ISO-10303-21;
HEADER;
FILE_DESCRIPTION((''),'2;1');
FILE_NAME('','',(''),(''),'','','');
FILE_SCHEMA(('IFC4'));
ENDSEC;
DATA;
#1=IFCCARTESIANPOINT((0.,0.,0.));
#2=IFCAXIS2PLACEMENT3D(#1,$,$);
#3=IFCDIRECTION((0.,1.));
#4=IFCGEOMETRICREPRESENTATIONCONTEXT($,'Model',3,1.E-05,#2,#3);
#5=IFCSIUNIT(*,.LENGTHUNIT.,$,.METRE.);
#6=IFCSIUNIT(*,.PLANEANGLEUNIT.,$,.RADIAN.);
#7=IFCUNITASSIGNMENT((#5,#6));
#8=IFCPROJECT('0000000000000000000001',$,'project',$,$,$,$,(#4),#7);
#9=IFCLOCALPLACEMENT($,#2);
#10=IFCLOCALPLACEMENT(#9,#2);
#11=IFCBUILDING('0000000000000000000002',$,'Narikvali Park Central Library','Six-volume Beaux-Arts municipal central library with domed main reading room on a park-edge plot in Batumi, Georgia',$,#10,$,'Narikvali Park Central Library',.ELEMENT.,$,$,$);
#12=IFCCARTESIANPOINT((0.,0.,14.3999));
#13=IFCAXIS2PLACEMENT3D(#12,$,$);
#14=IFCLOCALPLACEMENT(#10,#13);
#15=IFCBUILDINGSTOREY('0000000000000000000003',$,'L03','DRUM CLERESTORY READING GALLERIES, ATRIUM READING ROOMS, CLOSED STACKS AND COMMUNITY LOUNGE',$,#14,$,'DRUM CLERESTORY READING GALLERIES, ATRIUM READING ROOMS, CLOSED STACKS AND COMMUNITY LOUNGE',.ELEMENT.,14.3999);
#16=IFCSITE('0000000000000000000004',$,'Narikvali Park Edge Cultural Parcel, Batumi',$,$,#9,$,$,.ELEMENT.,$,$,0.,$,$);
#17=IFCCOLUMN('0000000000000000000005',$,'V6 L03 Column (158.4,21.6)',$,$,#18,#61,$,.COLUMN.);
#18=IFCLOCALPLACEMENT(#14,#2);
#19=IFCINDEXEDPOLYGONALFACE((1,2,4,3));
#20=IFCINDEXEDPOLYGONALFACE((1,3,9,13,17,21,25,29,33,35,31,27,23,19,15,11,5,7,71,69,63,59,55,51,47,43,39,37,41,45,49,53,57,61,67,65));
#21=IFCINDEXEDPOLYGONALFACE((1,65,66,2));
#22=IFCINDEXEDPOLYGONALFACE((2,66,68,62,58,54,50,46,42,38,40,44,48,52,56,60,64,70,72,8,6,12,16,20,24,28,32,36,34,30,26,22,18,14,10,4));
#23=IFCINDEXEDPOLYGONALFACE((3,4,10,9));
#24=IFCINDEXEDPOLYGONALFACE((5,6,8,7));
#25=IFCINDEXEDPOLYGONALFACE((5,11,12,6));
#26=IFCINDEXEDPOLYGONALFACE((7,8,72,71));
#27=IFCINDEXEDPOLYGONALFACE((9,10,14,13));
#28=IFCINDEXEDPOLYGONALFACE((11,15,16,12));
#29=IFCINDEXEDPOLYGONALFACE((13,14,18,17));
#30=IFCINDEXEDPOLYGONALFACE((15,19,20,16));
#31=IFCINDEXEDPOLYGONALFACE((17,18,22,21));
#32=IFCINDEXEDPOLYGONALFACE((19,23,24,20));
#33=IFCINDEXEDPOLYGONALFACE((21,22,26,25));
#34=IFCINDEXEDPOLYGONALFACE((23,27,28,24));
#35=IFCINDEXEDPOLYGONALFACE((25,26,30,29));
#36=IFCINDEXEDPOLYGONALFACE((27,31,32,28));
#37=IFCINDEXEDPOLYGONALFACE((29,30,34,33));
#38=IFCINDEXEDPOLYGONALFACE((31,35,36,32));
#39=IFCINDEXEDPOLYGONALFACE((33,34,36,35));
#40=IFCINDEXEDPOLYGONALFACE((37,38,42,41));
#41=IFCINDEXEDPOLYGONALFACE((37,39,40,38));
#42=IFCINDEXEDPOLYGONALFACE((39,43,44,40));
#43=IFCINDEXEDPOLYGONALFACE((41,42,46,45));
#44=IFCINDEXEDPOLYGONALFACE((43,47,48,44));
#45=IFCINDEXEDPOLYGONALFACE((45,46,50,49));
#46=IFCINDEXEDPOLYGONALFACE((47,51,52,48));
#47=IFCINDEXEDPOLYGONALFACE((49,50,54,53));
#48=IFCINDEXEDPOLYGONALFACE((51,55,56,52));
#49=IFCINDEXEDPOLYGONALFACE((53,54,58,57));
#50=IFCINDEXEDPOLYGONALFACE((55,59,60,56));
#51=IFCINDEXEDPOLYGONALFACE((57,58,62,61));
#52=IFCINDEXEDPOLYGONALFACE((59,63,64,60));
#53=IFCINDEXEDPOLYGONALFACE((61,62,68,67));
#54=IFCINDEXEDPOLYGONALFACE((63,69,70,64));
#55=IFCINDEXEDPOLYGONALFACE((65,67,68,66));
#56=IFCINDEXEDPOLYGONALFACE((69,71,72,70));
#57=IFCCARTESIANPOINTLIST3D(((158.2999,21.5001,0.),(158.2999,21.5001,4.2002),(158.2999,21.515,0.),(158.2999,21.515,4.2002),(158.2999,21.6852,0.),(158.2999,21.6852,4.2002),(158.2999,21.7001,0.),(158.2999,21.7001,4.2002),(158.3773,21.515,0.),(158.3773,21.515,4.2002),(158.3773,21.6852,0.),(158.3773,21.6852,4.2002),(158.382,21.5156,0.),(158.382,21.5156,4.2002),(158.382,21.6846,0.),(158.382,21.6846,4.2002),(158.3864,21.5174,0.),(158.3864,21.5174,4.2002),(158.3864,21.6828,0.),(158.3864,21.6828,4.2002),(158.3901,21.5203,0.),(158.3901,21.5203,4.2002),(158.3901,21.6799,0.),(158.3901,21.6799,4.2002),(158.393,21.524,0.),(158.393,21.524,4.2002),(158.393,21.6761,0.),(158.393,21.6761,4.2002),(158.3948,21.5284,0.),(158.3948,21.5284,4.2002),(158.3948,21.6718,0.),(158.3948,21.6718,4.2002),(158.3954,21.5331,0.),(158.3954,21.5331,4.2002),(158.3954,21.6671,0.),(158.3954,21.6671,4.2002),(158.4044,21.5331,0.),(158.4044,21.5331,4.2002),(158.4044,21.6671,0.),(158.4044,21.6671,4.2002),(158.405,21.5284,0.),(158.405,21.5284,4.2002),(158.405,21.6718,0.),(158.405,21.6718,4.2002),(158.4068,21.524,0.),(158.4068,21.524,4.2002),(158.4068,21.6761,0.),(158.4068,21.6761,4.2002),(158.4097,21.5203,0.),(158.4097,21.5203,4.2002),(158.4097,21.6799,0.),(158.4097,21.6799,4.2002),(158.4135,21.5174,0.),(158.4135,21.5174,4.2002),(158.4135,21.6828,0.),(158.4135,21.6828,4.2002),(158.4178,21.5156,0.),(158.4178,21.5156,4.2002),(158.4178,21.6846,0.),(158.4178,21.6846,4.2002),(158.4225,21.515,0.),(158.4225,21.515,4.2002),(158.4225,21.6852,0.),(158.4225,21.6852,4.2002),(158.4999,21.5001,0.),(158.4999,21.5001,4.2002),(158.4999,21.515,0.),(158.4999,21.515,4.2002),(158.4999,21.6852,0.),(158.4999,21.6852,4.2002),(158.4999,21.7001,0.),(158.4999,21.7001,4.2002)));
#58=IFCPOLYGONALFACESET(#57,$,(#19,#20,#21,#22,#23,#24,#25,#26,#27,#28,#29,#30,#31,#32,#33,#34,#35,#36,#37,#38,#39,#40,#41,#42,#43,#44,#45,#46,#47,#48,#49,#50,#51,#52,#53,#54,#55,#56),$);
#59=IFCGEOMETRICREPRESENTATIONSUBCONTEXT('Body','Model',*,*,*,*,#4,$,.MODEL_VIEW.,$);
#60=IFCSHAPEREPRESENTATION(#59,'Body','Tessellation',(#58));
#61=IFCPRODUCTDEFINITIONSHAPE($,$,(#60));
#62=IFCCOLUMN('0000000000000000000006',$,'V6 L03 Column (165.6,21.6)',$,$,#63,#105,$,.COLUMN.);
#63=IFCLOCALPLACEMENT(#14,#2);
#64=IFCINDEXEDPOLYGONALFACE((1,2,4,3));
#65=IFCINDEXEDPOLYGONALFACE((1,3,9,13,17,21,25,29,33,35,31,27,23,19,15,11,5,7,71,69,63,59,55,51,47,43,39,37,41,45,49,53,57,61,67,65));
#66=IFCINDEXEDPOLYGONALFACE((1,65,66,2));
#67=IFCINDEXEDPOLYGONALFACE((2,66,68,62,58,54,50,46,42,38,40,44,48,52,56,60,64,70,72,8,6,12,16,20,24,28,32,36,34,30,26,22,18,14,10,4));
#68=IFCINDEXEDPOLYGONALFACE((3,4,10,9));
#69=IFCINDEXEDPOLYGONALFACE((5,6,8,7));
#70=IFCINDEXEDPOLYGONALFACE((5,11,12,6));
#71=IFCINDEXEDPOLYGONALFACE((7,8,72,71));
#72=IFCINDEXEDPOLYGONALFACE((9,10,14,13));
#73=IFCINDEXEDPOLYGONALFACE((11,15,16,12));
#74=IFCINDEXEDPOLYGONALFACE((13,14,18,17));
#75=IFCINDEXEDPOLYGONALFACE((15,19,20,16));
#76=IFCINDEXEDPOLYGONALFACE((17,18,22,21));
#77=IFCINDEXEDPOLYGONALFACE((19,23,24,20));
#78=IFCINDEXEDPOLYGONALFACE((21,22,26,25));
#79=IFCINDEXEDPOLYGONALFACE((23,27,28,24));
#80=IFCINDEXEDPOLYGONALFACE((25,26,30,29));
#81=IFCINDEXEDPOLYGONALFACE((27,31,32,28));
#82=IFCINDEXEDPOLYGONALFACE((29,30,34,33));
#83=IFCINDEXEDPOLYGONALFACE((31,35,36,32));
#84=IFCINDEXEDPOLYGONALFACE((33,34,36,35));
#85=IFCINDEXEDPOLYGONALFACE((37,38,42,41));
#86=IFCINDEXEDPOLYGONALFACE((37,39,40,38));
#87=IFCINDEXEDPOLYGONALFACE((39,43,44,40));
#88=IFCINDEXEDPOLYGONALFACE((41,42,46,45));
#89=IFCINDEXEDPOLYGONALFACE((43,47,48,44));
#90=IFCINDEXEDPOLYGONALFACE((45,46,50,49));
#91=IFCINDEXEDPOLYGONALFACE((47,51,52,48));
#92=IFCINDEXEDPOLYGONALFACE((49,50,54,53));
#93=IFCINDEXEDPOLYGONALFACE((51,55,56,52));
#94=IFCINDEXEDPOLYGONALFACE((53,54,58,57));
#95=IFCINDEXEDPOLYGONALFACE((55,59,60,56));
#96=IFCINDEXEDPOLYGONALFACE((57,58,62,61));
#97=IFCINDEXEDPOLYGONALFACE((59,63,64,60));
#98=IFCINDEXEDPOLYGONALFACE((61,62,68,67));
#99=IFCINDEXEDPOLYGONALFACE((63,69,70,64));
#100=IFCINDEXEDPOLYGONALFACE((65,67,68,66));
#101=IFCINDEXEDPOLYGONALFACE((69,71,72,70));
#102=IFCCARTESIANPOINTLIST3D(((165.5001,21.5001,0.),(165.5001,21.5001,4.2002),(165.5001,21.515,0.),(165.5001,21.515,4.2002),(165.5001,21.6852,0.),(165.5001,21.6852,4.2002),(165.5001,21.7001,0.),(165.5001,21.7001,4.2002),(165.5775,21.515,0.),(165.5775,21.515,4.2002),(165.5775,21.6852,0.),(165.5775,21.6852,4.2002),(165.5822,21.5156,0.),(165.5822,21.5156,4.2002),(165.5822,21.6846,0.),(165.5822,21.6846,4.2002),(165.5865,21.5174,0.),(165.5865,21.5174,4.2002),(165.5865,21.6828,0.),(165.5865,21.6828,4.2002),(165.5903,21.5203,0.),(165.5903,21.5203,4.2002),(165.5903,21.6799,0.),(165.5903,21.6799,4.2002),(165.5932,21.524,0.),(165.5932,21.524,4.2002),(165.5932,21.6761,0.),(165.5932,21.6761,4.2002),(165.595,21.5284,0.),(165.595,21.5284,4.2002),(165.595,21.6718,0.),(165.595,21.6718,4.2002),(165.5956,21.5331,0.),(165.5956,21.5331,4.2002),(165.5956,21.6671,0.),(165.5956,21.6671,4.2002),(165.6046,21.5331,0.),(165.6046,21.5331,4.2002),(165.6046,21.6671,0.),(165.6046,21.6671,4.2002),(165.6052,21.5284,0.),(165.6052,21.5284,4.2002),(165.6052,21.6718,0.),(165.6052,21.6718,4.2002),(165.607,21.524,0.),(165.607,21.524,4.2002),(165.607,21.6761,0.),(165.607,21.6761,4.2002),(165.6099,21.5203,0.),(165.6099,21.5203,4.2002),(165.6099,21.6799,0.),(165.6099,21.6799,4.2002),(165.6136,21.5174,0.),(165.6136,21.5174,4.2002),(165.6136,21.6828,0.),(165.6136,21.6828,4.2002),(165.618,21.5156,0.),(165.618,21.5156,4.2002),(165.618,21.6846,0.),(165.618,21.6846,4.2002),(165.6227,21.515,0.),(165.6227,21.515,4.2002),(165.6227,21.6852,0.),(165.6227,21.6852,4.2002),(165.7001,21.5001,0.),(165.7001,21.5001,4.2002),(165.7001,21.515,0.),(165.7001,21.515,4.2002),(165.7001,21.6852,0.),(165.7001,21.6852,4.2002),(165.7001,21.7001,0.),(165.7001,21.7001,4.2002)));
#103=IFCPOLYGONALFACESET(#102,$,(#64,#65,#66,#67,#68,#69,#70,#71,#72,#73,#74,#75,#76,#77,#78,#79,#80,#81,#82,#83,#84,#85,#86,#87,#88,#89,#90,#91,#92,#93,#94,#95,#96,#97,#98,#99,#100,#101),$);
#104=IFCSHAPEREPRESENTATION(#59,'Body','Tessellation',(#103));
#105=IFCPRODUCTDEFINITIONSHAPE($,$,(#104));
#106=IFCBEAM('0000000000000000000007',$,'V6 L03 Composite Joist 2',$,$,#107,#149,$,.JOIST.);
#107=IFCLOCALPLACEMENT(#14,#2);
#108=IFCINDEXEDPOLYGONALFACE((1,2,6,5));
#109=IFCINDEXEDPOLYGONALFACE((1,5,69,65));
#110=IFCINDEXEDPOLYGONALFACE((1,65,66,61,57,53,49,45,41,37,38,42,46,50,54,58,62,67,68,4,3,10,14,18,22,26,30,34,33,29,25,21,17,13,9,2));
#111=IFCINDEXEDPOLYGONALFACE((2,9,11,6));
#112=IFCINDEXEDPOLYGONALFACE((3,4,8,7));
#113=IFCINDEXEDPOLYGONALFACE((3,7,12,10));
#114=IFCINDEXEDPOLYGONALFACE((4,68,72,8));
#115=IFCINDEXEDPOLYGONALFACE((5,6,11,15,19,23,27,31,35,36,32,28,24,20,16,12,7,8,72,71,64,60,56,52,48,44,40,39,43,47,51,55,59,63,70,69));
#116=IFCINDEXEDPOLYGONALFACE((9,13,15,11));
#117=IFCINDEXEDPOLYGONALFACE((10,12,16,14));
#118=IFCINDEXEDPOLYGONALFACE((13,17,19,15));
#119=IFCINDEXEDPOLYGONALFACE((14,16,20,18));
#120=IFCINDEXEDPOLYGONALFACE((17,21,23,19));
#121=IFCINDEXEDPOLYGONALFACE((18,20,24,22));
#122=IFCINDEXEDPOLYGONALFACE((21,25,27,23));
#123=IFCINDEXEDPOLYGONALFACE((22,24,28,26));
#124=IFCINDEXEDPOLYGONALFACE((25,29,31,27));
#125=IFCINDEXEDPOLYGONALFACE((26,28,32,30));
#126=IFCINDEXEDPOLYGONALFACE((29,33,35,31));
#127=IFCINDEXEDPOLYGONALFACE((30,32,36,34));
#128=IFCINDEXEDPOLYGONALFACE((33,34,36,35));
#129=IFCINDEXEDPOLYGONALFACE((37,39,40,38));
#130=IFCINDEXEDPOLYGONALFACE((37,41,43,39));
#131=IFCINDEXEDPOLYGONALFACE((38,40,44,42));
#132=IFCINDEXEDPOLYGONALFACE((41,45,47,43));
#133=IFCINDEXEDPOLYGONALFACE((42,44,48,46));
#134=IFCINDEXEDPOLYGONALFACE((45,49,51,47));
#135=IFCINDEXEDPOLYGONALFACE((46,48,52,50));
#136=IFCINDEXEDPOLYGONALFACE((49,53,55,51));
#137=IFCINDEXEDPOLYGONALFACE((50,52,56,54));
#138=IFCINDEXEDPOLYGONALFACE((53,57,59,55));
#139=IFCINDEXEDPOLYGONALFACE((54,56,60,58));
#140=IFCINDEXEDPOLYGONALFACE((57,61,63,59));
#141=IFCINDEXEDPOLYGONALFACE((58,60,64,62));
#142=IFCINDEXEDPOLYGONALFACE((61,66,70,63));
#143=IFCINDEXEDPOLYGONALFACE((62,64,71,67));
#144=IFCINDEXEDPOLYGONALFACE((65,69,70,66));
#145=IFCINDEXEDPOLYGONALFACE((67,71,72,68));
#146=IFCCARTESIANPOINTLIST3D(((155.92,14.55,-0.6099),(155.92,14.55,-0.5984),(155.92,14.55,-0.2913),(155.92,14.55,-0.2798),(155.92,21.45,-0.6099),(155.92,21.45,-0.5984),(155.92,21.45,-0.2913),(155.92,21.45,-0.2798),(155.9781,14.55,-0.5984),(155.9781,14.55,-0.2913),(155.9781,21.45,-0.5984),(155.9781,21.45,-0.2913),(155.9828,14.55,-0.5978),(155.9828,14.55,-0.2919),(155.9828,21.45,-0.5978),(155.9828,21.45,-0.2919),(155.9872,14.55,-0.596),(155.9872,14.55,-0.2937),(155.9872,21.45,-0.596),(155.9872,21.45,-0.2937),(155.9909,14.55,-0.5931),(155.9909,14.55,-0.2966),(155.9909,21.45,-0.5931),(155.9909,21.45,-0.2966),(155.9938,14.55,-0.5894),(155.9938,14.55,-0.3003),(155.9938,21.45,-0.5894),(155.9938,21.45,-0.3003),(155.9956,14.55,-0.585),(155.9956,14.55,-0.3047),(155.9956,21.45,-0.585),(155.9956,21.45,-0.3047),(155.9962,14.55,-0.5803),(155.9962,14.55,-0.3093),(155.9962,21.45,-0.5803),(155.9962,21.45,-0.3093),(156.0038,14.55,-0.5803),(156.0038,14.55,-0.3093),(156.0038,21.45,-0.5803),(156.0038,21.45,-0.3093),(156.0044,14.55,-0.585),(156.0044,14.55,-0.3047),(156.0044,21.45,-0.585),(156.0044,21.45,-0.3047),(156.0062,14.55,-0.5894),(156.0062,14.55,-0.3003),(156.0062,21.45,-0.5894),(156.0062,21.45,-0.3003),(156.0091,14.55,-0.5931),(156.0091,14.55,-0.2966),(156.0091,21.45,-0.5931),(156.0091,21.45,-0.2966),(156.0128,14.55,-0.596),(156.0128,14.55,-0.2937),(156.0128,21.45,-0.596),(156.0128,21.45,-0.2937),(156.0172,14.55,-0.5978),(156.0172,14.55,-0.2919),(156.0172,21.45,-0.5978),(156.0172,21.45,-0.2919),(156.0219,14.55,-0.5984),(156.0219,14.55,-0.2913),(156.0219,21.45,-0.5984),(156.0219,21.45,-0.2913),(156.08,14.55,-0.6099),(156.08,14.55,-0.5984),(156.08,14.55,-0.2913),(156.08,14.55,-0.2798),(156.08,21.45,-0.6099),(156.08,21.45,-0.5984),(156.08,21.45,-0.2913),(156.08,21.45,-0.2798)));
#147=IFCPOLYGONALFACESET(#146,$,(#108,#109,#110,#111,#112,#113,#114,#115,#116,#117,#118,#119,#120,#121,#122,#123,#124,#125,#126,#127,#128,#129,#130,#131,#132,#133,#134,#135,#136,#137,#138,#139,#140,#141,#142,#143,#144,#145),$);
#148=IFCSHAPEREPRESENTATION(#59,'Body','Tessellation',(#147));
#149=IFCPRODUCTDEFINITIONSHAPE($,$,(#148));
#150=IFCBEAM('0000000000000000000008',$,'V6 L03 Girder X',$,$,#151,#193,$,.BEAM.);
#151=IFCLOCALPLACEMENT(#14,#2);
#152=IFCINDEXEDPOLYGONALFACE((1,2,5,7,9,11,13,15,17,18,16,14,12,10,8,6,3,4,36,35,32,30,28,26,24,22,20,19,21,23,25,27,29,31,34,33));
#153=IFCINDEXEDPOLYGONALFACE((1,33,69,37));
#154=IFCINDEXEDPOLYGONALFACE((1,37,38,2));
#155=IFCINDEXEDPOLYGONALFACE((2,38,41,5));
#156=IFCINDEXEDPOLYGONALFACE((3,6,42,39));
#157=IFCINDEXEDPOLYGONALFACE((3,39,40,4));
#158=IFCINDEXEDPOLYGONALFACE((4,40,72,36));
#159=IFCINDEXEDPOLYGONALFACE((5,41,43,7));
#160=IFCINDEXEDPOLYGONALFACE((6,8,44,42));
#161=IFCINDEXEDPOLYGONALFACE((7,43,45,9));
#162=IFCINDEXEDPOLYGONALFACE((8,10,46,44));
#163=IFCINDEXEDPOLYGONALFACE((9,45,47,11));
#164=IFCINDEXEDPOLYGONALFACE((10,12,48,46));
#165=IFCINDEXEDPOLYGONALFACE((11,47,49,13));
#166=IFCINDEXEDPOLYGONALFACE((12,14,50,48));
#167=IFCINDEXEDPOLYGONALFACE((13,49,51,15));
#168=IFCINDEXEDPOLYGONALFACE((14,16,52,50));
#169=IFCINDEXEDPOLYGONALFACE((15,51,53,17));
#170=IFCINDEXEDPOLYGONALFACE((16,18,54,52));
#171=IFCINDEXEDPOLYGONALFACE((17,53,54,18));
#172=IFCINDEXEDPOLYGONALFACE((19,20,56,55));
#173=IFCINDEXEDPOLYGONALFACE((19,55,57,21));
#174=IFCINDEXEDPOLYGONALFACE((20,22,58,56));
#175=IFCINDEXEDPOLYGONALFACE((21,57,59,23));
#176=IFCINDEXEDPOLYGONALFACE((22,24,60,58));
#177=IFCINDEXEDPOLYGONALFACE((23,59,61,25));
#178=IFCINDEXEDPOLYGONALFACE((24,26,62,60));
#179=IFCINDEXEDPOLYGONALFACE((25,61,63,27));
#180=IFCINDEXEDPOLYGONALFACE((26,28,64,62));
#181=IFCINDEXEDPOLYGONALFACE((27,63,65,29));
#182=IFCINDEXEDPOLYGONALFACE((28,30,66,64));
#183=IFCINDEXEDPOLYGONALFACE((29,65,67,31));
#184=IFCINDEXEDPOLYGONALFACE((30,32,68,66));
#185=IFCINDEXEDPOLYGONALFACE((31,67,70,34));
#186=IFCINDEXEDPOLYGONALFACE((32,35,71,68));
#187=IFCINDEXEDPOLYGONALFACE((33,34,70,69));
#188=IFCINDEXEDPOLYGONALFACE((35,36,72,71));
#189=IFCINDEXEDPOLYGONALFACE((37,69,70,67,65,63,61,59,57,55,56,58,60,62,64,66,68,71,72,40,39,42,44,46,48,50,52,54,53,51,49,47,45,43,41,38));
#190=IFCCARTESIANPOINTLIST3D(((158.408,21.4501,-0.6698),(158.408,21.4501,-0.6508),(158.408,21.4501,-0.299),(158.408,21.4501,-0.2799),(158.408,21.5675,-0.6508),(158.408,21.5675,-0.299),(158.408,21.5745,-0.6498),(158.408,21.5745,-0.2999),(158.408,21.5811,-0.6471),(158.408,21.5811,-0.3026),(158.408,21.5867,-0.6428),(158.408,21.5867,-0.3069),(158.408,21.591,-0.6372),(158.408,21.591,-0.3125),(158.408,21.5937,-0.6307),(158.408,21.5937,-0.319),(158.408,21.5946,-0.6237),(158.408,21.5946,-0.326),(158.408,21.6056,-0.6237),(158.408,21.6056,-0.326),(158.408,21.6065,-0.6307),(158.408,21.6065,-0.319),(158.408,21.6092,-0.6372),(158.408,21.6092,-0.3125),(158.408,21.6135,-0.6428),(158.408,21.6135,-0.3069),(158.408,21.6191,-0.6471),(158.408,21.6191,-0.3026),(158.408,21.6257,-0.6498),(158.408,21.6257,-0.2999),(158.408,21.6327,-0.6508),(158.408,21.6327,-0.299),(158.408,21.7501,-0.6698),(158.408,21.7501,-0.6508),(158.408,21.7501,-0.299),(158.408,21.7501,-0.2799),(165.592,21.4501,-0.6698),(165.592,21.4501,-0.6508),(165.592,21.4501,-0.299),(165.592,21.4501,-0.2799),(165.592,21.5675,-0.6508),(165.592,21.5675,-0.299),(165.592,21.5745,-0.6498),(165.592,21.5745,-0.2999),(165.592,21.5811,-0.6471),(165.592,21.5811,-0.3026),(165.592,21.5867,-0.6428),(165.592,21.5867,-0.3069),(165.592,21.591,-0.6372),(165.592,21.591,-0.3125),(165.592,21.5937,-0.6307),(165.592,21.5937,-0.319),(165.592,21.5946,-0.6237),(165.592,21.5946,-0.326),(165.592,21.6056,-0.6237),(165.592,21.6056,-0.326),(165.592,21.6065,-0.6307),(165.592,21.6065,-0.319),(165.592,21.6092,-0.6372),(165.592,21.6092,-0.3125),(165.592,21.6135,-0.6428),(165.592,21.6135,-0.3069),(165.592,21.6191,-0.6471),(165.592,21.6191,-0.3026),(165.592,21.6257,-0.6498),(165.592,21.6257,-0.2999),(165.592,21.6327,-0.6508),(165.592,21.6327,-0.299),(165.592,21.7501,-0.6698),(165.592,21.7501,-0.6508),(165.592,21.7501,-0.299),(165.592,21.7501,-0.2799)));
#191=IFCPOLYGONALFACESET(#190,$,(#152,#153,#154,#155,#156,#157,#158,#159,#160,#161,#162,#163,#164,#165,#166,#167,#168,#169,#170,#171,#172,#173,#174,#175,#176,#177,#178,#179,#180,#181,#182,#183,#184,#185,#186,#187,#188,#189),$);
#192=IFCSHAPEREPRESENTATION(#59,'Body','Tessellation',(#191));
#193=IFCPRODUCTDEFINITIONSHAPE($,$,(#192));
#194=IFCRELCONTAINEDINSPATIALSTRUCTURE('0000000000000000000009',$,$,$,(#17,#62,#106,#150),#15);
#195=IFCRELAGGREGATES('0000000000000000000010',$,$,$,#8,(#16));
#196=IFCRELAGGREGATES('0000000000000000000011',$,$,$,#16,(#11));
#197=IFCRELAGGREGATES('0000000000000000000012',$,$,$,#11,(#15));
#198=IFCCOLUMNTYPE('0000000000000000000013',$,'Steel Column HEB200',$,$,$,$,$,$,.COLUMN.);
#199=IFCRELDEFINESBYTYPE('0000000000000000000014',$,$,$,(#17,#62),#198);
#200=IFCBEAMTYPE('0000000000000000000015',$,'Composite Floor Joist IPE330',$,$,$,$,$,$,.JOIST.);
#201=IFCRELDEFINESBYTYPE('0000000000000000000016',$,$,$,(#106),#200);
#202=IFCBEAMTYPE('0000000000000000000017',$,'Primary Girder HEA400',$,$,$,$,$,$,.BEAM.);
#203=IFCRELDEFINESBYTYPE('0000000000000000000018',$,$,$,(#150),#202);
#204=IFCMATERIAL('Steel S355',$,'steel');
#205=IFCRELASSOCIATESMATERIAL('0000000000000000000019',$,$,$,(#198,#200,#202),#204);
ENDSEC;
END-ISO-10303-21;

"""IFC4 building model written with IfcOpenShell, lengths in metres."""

from ifc_helpers import new_model, si_unit, direction, frame, origin, origin_2d, place, context, subcontext, project, spatial, i_section, extrude, material, material_profile, profile_set, type_object, element, save


model = new_model("IFC4")

# Units and contexts
model_context = context("Model", 3, precision=1e-05, world=origin(), true_north=direction((0.0, 1.0)))
body_context = subcontext(model_context, "Body", "Model", "MODEL_VIEW")
ifc_project = project(units=[si_unit("LENGTHUNIT", "METRE"), si_unit("PLANEANGLEUNIT", "RADIAN")], contexts=[model_context])

# Site, building, storey
site_placement = place(None, origin())
site = spatial("IfcSite", under=ifc_project, at=site_placement, Name="Narikvali Park Edge Cultural Parcel, Batumi", CompositionType="ELEMENT", RefElevation=0.0)
building_placement = place(site_placement, origin())
building = spatial("IfcBuilding", under=site, at=building_placement, Name="Narikvali Park Central Library", Description="Six-volume Beaux-Arts municipal central library with domed main reading room on a park-edge plot in Batumi, Georgia", LongName="Narikvali Park Central Library", CompositionType="ELEMENT")
storey_placement = place(building_placement, frame((0.0, 0.0, 14.3999)))
storey = spatial("IfcBuildingStorey", under=building, at=storey_placement, Name="L03", Description="DRUM CLERESTORY READING GALLERIES, ATRIUM READING ROOMS, CLOSED STACKS AND COMMUNITY LOUNGE", LongName="DRUM CLERESTORY READING GALLERIES, ATRIUM READING ROOMS, CLOSED STACKS AND COMMUNITY LOUNGE", CompositionType="ELEMENT", Elevation=14.3999)

# Columns
ifc_material_1 = material(Name="Steel S355", Category="steel")
ifc_material_profile_1 = material_profile(ifc_material_1, i_section(OverallWidth=0.2, OverallDepth=0.2, WebThickness=0.009, FlangeThickness=0.0149, FilletRadius=0.0181, at=origin_2d()), Name="HEB 200")
ifc_profile_set_1 = profile_set([ifc_material_profile_1], Name="Steel S355")
column_type = type_object("IfcColumnType", Name="Steel Column HEB200", PredefinedType="COLUMN", material=ifc_profile_set_1)
for number, where, z_axis, x_axis, name in (
    (1, (158.3999, 21.6001, 0.0), (0.0, 0.0, 1.0), (1.0, 0.0, 0.0), "V6 L03 Column (158.4,21.6)"),
    (2, (165.6001, 21.6001, 0.0), (0.0, 0.0, 1.0), (1.0, 0.0, 0.0), "V6 L03 Column (165.6,21.6)"),
):
    element("IfcColumn", number, at=place(storey_placement, frame(where, z_axis=z_axis, x_axis=x_axis)), inside=storey, type_object=column_type, Name=name, PredefinedType="COLUMN", context=body_context, shape_type="SweptSolid", body=[
        extrude(i_section(OverallWidth=0.2, OverallDepth=0.2, WebThickness=0.009, FlangeThickness=0.0149, FilletRadius=0.0181, at=origin_2d()), origin(), (0.0, 0.0, 1.0), 4.2002),
    ])

# Beams
ifc_material_profile_2 = material_profile(ifc_material_1, i_section(OverallWidth=0.1599, OverallDepth=0.3301, WebThickness=0.0076, FlangeThickness=0.0115, FilletRadius=0.0181, at=origin_2d()), Name="IPE 330")
ifc_profile_set_2 = profile_set([ifc_material_profile_2], Name="Steel S355")
beam_type_1 = type_object("IfcBeamType", Name="Composite Floor Joist IPE330", PredefinedType="JOIST", material=ifc_profile_set_2)
beam_1_placement = place(storey_placement, frame((156.0, 14.55, -0.4448), z_axis=(0.0, 1.0, 0.0), x_axis=(-1.0, 0.0, 0.0)))
element("IfcBeam", 3, at=beam_1_placement, inside=storey, type_object=beam_type_1, Name="V6 L03 Composite Joist 2", PredefinedType="JOIST", context=body_context, shape_type="SweptSolid", body=[
    extrude(i_section(OverallWidth=0.1599, OverallDepth=0.3301, WebThickness=0.0076, FlangeThickness=0.0115, FilletRadius=0.0181, at=origin_2d()), origin(), (0.0, 0.0, 1.0), 6.8999),
])
ifc_material_profile_3 = material_profile(ifc_material_1, i_section(OverallWidth=0.3, OverallDepth=0.3899, WebThickness=0.011, FlangeThickness=0.019, FilletRadius=0.0271, at=origin_2d()), Name="HEA 400")
ifc_profile_set_3 = profile_set([ifc_material_profile_3], Name="Steel S355")
beam_type_2 = type_object("IfcBeamType", Name="Primary Girder HEA400", PredefinedType="BEAM", material=ifc_profile_set_3)
beam_2_placement = place(storey_placement, frame((158.408, 21.6001, -0.4749), z_axis=(1.0, 0.0, 0.0), x_axis=(0.0, 1.0, 0.0)))
element("IfcBeam", 4, at=beam_2_placement, inside=storey, type_object=beam_type_2, Name="V6 L03 Girder X", PredefinedType="BEAM", context=body_context, shape_type="SweptSolid", body=[
    extrude(i_section(OverallWidth=0.3, OverallDepth=0.3899, WebThickness=0.011, FlangeThickness=0.019, FilletRadius=0.0271, at=origin_2d()), origin(), (0.0, 0.0, 1.0), 7.1841),
])

save(model, "model.ifc")
